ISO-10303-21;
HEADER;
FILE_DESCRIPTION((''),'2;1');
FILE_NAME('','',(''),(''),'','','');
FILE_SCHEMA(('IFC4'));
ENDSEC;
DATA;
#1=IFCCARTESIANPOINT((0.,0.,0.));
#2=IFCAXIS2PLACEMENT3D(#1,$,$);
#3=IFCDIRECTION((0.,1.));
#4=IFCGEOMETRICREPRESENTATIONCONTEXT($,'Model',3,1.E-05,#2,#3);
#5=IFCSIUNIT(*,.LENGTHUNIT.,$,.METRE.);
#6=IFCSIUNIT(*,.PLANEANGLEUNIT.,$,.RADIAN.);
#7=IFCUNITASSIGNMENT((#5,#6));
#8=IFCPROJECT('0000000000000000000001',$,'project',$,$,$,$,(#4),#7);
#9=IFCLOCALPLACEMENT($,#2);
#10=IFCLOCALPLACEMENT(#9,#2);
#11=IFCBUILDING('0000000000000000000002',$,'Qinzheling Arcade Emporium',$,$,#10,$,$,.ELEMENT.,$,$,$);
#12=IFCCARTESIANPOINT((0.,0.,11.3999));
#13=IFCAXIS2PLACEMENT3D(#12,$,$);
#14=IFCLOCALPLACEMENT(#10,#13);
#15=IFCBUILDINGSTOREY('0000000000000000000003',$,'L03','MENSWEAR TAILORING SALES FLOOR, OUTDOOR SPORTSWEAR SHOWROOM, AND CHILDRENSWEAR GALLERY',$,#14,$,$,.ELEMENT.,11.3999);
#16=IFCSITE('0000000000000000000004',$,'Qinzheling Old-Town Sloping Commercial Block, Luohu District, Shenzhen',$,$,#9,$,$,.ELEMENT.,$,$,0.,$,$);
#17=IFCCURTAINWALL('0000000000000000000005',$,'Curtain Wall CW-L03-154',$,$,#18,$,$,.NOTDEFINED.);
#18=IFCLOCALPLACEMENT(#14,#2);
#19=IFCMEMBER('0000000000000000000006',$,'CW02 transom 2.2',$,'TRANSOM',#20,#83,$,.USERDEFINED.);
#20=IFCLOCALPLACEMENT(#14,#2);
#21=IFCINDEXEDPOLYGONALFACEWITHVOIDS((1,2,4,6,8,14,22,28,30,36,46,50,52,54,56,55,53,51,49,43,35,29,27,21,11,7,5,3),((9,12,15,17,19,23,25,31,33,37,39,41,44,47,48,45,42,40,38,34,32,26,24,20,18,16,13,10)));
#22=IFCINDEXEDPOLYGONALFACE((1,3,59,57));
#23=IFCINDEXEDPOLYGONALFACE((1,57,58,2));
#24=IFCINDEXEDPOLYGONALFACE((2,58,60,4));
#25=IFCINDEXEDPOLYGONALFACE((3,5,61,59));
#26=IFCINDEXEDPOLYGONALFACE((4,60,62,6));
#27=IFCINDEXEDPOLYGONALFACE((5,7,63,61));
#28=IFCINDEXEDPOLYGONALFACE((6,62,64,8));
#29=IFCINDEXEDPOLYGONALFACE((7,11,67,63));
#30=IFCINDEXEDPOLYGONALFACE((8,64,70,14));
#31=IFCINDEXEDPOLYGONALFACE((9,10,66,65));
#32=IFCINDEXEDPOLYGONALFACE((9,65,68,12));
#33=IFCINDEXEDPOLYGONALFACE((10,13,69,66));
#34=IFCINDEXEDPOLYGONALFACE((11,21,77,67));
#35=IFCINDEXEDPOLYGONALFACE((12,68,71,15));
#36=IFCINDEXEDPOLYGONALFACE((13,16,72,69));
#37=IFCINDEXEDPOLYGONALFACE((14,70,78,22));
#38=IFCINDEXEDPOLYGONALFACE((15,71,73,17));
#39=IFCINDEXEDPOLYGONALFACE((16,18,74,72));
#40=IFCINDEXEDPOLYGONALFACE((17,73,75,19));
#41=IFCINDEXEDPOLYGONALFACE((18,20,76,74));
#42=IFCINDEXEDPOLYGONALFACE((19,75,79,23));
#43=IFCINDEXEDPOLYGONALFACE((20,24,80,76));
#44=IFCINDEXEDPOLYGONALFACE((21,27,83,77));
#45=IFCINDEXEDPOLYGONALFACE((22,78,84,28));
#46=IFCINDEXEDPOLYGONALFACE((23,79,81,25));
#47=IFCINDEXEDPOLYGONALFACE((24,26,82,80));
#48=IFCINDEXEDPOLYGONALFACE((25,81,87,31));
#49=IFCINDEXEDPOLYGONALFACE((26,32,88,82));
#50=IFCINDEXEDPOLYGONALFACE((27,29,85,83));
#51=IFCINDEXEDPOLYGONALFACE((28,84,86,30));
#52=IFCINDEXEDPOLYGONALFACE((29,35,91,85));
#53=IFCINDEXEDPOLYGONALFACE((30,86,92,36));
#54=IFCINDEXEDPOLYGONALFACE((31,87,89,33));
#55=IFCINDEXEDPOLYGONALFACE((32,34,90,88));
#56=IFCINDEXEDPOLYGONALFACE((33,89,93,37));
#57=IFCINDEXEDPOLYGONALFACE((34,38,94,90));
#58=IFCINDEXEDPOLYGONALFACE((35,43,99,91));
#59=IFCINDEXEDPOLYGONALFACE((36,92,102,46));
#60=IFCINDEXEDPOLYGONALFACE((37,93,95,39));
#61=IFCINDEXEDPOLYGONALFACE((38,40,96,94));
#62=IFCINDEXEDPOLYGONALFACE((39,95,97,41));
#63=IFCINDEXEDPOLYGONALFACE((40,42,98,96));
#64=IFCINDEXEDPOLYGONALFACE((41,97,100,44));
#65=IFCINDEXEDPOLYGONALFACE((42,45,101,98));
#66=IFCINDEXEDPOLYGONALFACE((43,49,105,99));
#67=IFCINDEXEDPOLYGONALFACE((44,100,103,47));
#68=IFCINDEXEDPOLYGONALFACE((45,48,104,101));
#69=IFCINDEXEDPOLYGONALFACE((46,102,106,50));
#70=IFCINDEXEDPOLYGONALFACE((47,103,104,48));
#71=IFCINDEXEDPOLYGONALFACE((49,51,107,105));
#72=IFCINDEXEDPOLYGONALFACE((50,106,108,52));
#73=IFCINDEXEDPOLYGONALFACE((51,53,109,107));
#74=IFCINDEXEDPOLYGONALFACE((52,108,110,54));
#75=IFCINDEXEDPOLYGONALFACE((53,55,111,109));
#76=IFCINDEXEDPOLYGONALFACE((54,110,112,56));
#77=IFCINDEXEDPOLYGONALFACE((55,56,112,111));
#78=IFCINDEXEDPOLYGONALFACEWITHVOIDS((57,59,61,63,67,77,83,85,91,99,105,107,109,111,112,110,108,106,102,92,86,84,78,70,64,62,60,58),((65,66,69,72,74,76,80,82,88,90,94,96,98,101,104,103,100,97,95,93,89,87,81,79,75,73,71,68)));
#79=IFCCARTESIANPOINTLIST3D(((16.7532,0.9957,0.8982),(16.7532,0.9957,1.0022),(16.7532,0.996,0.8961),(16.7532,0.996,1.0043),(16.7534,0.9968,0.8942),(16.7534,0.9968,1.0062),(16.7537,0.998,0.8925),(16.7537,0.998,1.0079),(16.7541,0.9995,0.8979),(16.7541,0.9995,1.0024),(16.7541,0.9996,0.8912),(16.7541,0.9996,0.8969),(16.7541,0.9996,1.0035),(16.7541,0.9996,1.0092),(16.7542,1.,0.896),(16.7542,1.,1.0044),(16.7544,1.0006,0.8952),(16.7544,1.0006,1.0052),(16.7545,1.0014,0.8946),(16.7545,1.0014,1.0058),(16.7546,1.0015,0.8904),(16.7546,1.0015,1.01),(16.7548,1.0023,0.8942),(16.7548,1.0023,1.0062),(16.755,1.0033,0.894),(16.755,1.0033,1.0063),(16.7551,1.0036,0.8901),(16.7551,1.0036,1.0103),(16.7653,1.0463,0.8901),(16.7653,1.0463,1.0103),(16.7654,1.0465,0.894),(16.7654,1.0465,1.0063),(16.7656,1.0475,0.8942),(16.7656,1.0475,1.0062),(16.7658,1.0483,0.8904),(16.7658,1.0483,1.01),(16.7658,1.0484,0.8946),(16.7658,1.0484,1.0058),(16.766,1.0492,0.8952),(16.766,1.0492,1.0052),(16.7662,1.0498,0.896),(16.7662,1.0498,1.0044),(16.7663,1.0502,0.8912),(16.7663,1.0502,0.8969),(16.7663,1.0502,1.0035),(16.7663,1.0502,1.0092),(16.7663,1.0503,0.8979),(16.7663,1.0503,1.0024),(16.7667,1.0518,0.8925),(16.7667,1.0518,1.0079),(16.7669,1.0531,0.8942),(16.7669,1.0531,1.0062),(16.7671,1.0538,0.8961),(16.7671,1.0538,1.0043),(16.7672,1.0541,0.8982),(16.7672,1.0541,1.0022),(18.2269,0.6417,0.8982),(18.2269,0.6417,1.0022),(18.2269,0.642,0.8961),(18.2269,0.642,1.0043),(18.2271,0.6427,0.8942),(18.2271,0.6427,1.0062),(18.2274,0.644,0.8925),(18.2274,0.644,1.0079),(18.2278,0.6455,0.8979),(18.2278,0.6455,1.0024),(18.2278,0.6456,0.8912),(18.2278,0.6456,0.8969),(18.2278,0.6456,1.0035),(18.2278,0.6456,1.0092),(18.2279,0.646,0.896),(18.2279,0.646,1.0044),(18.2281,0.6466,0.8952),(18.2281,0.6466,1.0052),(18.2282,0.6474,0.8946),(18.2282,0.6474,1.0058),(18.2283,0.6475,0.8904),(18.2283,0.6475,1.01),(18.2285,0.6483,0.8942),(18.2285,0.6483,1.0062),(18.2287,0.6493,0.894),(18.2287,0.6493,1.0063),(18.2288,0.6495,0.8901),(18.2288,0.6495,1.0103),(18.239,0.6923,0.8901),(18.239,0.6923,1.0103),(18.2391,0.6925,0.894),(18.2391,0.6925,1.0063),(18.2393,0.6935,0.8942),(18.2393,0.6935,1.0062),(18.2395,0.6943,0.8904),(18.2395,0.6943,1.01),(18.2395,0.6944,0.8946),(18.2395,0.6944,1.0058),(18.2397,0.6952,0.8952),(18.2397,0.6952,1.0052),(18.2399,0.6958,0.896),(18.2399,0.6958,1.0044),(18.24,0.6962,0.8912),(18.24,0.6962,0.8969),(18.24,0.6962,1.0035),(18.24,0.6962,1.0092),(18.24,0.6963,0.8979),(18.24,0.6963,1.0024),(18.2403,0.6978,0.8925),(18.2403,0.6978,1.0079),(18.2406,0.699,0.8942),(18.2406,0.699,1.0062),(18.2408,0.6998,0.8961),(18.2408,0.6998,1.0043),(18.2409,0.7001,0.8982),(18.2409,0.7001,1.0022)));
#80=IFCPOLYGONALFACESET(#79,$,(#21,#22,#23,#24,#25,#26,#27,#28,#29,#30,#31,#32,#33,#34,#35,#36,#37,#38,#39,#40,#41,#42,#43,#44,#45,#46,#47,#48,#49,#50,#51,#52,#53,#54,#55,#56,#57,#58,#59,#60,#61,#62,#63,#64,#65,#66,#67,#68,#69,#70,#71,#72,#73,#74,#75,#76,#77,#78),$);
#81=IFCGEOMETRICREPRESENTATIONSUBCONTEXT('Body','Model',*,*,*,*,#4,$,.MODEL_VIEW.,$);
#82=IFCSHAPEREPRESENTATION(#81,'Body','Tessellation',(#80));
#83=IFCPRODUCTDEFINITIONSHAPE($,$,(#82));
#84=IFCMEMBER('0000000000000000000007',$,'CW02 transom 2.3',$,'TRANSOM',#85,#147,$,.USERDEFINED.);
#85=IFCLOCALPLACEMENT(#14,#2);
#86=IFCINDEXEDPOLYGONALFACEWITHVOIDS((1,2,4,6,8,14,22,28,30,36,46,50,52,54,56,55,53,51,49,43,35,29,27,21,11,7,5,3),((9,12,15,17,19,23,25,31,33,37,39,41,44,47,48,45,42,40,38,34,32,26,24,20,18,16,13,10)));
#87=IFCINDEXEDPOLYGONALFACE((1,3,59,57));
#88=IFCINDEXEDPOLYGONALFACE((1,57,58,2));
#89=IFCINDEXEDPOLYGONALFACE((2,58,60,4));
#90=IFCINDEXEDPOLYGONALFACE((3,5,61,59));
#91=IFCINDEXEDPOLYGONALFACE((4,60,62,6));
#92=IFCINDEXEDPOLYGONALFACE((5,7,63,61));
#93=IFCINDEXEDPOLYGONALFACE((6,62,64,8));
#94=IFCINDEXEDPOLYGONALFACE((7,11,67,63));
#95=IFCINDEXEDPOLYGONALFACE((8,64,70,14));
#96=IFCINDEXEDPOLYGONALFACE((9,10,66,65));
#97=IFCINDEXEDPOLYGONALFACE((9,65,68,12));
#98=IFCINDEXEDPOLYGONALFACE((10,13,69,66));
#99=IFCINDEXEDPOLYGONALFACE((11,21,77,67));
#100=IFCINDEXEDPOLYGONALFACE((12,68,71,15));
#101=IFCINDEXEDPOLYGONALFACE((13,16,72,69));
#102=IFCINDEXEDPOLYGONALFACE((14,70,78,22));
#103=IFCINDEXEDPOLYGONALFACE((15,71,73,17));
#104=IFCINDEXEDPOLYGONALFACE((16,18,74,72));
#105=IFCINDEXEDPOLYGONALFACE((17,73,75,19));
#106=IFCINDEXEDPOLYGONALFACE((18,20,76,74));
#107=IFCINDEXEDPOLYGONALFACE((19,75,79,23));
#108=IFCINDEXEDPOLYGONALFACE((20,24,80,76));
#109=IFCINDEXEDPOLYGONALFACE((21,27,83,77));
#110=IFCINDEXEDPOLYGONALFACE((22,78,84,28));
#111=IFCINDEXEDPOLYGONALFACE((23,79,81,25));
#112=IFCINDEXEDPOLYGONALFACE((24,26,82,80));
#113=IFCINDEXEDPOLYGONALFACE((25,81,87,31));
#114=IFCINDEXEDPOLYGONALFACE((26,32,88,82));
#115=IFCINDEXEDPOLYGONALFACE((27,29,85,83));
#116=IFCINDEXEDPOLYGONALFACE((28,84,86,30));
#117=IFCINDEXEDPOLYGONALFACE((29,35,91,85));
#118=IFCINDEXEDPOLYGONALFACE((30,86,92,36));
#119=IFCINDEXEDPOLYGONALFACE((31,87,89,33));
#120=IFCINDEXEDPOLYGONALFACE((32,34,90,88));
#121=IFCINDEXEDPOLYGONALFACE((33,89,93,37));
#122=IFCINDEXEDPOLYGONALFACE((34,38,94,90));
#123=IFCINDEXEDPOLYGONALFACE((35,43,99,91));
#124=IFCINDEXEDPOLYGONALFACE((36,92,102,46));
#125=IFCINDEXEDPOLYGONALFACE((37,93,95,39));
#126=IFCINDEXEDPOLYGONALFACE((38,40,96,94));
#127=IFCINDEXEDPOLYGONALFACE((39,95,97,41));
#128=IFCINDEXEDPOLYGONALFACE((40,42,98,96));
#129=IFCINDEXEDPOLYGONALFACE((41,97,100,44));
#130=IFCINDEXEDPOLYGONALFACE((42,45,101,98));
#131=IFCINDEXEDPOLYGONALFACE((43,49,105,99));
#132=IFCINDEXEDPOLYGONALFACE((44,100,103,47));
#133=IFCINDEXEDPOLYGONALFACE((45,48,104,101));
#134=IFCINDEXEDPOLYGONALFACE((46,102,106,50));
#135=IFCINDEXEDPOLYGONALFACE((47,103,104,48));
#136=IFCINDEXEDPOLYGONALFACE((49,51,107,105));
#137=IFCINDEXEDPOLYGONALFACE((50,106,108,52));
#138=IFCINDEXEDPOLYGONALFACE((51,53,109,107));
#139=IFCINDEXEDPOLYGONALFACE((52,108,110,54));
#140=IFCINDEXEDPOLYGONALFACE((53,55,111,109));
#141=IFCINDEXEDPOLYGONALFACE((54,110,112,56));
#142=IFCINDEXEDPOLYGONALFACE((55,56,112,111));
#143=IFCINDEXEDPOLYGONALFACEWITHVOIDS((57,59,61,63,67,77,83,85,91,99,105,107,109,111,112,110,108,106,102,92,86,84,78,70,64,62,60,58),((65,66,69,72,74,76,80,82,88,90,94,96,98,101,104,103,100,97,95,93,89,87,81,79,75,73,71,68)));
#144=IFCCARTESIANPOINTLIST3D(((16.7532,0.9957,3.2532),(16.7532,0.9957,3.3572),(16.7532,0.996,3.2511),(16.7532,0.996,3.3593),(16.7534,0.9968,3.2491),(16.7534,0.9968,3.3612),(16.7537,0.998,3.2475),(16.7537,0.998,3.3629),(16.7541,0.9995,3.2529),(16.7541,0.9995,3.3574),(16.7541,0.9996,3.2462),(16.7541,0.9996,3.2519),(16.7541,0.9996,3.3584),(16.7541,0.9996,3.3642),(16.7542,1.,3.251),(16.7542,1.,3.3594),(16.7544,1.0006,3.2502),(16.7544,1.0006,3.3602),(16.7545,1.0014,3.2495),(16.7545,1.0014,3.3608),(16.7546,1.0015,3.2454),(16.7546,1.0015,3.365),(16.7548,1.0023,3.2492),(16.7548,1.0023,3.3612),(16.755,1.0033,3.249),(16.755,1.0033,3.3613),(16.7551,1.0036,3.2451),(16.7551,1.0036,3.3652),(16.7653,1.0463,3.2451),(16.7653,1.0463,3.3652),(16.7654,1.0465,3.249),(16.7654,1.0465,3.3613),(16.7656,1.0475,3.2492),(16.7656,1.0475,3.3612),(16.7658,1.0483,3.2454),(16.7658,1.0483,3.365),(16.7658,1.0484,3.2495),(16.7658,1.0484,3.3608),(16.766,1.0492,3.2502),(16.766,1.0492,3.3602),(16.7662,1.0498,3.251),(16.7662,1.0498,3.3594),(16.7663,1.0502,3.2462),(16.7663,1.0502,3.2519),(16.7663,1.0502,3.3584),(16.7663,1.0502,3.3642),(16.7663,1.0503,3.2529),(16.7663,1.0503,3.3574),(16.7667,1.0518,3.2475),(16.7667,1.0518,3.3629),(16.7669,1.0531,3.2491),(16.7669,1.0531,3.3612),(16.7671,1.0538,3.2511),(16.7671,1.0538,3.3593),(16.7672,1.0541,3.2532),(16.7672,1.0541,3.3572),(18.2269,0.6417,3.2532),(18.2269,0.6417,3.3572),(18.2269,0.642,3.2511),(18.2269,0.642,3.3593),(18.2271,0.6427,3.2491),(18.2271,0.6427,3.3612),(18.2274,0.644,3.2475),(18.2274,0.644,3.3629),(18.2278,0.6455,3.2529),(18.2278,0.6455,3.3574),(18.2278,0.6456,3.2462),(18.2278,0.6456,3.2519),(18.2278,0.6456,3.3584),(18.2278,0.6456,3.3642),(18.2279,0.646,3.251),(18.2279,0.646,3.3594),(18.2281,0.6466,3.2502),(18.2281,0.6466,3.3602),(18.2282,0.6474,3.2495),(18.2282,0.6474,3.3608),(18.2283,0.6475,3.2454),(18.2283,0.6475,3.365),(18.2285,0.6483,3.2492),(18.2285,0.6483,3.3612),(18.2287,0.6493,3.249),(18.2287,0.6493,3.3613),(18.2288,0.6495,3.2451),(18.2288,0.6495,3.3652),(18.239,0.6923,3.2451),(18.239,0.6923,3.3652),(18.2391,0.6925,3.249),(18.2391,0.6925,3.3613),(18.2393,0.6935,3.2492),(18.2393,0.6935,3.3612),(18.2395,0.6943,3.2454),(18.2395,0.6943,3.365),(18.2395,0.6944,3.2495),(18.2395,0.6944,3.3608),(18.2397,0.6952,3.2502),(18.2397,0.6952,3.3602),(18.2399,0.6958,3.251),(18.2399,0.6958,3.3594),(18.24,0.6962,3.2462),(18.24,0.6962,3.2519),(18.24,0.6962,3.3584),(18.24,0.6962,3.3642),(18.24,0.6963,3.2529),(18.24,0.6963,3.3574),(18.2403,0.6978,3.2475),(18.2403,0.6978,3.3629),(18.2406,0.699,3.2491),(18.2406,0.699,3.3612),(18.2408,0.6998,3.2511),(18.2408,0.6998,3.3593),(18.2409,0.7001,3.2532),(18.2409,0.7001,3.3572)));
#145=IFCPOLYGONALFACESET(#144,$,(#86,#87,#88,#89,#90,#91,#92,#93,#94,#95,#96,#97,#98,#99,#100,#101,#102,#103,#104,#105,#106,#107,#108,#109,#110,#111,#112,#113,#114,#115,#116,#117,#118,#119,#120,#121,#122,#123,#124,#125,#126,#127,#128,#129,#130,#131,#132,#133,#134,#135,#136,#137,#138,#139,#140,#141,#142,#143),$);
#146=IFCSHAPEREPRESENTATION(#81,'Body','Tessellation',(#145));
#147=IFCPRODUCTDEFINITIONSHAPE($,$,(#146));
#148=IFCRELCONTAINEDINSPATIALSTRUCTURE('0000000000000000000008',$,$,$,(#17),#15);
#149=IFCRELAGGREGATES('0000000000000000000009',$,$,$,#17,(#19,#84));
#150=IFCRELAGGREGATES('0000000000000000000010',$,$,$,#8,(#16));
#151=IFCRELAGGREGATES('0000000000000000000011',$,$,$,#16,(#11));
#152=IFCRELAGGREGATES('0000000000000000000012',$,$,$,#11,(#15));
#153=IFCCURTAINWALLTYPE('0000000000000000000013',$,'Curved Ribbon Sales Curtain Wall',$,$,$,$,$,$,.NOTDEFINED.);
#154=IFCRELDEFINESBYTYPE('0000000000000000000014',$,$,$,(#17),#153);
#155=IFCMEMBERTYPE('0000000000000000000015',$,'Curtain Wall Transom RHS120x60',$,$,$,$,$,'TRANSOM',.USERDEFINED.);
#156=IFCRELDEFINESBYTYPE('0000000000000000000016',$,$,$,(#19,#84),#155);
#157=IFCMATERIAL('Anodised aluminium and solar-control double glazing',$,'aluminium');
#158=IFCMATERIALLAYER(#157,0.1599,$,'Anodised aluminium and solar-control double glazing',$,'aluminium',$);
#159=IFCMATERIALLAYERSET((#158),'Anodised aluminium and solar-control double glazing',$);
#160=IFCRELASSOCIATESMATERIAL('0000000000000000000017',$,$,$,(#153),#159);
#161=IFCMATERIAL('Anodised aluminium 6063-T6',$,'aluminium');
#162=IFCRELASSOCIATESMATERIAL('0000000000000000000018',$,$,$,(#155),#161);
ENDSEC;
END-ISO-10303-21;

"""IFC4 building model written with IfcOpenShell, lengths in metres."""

from ifc_helpers import new_model, si_unit, direction, frame, origin, origin_2d, place, context, subcontext, project, spatial, hollow_rectangle, extrude, material, layer, layer_set, material_profile, profile_set, type_object, element, aggregate, save


model = new_model("IFC4")

# Units and contexts
model_context = context("Model", 3, precision=1e-05, world=origin(), true_north=direction((0.0, 1.0)))
body_context = subcontext(model_context, "Body", "Model", "MODEL_VIEW")
ifc_project = project(units=[si_unit("LENGTHUNIT", "METRE"), si_unit("PLANEANGLEUNIT", "RADIAN")], contexts=[model_context])

# Site, building, storey
site_placement = place(None, origin())
site = spatial("IfcSite", under=ifc_project, at=site_placement, Name="Qinzheling Old-Town Sloping Commercial Block, Luohu District, Shenzhen", CompositionType="ELEMENT", RefElevation=0.0)
building_placement = place(site_placement, origin())
building = spatial("IfcBuilding", under=site, at=building_placement, Name="Qinzheling Arcade Emporium", CompositionType="ELEMENT")
storey_placement = place(building_placement, frame((0.0, 0.0, 11.3999)))
storey = spatial("IfcBuildingStorey", under=building, at=storey_placement, Name="L03", Description="MENSWEAR TAILORING SALES FLOOR, OUTDOOR SPORTSWEAR SHOWROOM, AND CHILDRENSWEAR GALLERY", CompositionType="ELEMENT", Elevation=11.3999)

# Curtain wall
ifc_material_1 = material(Name="Anodised aluminium and solar-control double glazing", Category="aluminium")
ifc_layer_1 = layer(ifc_material_1, 0.1599, Name="Anodised aluminium and solar-control double glazing", Category="aluminium")
ifc_layer_set_1 = layer_set([ifc_layer_1], Name="Anodised aluminium and solar-control double glazing")
curtain_wall_type = type_object("IfcCurtainWallType", Name="Curved Ribbon Sales Curtain Wall", PredefinedType="NOTDEFINED", material=ifc_layer_set_1)
curtain_wall_1_placement = place(storey_placement, origin())
curtain_wall_1 = element("IfcCurtainWall", 1, at=curtain_wall_1_placement, inside=storey, type_object=curtain_wall_type, Name="Curtain Wall CW-L03-154", PredefinedType="NOTDEFINED")
ifc_material_2 = material(Name="Anodised aluminium 6063-T6", Category="aluminium")

# Members
ifc_material_profile_1 = material_profile(ifc_material_2, hollow_rectangle(XDim=0.0601, YDim=0.1201, WallThickness=0.0039, InnerFilletRadius=0.0039, OuterFilletRadius=0.0081, at=origin_2d()), Name="RHS 120x60x4", Category="aluminium")
ifc_profile_set_1 = profile_set([ifc_material_profile_1], Name="Anodised aluminium 6063-T6")
member_type_1 = type_object("IfcMemberType", Name="Curtain Wall Transom RHS120x60", ElementType="TRANSOM", PredefinedType="USERDEFINED", material=ifc_profile_set_1)
member_1_placement = place(storey_placement, frame((18.2339, 0.6709, 0.9502), z_axis=(-0.972338, 0.23358, 0.0), x_axis=(-0.23358, -0.972338, 0.0)))
member_1 = element("IfcMember", 2, at=member_1_placement, type_object=member_type_1, Name="CW02 transom 2.2", ObjectType="TRANSOM", PredefinedType="USERDEFINED", context=body_context, shape_type="SweptSolid", body=[
    extrude(hollow_rectangle(XDim=0.0601, YDim=0.1201, WallThickness=0.0039, InnerFilletRadius=0.0039, OuterFilletRadius=0.0081, at=origin_2d()), origin(), (0.0, 0.0, 1.0), 1.5156),
])
member_2_placement = place(storey_placement, frame((18.2339, 0.6709, 3.3052), z_axis=(-0.972338, 0.23358, 0.0), x_axis=(-0.23358, -0.972338, 0.0)))
member_2 = element("IfcMember", 3, at=member_2_placement, type_object=member_type_1, Name="CW02 transom 2.3", ObjectType="TRANSOM", PredefinedType="USERDEFINED", context=body_context, shape_type="SweptSolid", body=[
    extrude(hollow_rectangle(XDim=0.0601, YDim=0.1201, WallThickness=0.0039, InnerFilletRadius=0.0039, OuterFilletRadius=0.0081, at=origin_2d()), origin(), (0.0, 0.0, 1.0), 1.5156),
])

aggregate(curtain_wall_1, [member_1, member_2])

save(model, "model.ifc")
